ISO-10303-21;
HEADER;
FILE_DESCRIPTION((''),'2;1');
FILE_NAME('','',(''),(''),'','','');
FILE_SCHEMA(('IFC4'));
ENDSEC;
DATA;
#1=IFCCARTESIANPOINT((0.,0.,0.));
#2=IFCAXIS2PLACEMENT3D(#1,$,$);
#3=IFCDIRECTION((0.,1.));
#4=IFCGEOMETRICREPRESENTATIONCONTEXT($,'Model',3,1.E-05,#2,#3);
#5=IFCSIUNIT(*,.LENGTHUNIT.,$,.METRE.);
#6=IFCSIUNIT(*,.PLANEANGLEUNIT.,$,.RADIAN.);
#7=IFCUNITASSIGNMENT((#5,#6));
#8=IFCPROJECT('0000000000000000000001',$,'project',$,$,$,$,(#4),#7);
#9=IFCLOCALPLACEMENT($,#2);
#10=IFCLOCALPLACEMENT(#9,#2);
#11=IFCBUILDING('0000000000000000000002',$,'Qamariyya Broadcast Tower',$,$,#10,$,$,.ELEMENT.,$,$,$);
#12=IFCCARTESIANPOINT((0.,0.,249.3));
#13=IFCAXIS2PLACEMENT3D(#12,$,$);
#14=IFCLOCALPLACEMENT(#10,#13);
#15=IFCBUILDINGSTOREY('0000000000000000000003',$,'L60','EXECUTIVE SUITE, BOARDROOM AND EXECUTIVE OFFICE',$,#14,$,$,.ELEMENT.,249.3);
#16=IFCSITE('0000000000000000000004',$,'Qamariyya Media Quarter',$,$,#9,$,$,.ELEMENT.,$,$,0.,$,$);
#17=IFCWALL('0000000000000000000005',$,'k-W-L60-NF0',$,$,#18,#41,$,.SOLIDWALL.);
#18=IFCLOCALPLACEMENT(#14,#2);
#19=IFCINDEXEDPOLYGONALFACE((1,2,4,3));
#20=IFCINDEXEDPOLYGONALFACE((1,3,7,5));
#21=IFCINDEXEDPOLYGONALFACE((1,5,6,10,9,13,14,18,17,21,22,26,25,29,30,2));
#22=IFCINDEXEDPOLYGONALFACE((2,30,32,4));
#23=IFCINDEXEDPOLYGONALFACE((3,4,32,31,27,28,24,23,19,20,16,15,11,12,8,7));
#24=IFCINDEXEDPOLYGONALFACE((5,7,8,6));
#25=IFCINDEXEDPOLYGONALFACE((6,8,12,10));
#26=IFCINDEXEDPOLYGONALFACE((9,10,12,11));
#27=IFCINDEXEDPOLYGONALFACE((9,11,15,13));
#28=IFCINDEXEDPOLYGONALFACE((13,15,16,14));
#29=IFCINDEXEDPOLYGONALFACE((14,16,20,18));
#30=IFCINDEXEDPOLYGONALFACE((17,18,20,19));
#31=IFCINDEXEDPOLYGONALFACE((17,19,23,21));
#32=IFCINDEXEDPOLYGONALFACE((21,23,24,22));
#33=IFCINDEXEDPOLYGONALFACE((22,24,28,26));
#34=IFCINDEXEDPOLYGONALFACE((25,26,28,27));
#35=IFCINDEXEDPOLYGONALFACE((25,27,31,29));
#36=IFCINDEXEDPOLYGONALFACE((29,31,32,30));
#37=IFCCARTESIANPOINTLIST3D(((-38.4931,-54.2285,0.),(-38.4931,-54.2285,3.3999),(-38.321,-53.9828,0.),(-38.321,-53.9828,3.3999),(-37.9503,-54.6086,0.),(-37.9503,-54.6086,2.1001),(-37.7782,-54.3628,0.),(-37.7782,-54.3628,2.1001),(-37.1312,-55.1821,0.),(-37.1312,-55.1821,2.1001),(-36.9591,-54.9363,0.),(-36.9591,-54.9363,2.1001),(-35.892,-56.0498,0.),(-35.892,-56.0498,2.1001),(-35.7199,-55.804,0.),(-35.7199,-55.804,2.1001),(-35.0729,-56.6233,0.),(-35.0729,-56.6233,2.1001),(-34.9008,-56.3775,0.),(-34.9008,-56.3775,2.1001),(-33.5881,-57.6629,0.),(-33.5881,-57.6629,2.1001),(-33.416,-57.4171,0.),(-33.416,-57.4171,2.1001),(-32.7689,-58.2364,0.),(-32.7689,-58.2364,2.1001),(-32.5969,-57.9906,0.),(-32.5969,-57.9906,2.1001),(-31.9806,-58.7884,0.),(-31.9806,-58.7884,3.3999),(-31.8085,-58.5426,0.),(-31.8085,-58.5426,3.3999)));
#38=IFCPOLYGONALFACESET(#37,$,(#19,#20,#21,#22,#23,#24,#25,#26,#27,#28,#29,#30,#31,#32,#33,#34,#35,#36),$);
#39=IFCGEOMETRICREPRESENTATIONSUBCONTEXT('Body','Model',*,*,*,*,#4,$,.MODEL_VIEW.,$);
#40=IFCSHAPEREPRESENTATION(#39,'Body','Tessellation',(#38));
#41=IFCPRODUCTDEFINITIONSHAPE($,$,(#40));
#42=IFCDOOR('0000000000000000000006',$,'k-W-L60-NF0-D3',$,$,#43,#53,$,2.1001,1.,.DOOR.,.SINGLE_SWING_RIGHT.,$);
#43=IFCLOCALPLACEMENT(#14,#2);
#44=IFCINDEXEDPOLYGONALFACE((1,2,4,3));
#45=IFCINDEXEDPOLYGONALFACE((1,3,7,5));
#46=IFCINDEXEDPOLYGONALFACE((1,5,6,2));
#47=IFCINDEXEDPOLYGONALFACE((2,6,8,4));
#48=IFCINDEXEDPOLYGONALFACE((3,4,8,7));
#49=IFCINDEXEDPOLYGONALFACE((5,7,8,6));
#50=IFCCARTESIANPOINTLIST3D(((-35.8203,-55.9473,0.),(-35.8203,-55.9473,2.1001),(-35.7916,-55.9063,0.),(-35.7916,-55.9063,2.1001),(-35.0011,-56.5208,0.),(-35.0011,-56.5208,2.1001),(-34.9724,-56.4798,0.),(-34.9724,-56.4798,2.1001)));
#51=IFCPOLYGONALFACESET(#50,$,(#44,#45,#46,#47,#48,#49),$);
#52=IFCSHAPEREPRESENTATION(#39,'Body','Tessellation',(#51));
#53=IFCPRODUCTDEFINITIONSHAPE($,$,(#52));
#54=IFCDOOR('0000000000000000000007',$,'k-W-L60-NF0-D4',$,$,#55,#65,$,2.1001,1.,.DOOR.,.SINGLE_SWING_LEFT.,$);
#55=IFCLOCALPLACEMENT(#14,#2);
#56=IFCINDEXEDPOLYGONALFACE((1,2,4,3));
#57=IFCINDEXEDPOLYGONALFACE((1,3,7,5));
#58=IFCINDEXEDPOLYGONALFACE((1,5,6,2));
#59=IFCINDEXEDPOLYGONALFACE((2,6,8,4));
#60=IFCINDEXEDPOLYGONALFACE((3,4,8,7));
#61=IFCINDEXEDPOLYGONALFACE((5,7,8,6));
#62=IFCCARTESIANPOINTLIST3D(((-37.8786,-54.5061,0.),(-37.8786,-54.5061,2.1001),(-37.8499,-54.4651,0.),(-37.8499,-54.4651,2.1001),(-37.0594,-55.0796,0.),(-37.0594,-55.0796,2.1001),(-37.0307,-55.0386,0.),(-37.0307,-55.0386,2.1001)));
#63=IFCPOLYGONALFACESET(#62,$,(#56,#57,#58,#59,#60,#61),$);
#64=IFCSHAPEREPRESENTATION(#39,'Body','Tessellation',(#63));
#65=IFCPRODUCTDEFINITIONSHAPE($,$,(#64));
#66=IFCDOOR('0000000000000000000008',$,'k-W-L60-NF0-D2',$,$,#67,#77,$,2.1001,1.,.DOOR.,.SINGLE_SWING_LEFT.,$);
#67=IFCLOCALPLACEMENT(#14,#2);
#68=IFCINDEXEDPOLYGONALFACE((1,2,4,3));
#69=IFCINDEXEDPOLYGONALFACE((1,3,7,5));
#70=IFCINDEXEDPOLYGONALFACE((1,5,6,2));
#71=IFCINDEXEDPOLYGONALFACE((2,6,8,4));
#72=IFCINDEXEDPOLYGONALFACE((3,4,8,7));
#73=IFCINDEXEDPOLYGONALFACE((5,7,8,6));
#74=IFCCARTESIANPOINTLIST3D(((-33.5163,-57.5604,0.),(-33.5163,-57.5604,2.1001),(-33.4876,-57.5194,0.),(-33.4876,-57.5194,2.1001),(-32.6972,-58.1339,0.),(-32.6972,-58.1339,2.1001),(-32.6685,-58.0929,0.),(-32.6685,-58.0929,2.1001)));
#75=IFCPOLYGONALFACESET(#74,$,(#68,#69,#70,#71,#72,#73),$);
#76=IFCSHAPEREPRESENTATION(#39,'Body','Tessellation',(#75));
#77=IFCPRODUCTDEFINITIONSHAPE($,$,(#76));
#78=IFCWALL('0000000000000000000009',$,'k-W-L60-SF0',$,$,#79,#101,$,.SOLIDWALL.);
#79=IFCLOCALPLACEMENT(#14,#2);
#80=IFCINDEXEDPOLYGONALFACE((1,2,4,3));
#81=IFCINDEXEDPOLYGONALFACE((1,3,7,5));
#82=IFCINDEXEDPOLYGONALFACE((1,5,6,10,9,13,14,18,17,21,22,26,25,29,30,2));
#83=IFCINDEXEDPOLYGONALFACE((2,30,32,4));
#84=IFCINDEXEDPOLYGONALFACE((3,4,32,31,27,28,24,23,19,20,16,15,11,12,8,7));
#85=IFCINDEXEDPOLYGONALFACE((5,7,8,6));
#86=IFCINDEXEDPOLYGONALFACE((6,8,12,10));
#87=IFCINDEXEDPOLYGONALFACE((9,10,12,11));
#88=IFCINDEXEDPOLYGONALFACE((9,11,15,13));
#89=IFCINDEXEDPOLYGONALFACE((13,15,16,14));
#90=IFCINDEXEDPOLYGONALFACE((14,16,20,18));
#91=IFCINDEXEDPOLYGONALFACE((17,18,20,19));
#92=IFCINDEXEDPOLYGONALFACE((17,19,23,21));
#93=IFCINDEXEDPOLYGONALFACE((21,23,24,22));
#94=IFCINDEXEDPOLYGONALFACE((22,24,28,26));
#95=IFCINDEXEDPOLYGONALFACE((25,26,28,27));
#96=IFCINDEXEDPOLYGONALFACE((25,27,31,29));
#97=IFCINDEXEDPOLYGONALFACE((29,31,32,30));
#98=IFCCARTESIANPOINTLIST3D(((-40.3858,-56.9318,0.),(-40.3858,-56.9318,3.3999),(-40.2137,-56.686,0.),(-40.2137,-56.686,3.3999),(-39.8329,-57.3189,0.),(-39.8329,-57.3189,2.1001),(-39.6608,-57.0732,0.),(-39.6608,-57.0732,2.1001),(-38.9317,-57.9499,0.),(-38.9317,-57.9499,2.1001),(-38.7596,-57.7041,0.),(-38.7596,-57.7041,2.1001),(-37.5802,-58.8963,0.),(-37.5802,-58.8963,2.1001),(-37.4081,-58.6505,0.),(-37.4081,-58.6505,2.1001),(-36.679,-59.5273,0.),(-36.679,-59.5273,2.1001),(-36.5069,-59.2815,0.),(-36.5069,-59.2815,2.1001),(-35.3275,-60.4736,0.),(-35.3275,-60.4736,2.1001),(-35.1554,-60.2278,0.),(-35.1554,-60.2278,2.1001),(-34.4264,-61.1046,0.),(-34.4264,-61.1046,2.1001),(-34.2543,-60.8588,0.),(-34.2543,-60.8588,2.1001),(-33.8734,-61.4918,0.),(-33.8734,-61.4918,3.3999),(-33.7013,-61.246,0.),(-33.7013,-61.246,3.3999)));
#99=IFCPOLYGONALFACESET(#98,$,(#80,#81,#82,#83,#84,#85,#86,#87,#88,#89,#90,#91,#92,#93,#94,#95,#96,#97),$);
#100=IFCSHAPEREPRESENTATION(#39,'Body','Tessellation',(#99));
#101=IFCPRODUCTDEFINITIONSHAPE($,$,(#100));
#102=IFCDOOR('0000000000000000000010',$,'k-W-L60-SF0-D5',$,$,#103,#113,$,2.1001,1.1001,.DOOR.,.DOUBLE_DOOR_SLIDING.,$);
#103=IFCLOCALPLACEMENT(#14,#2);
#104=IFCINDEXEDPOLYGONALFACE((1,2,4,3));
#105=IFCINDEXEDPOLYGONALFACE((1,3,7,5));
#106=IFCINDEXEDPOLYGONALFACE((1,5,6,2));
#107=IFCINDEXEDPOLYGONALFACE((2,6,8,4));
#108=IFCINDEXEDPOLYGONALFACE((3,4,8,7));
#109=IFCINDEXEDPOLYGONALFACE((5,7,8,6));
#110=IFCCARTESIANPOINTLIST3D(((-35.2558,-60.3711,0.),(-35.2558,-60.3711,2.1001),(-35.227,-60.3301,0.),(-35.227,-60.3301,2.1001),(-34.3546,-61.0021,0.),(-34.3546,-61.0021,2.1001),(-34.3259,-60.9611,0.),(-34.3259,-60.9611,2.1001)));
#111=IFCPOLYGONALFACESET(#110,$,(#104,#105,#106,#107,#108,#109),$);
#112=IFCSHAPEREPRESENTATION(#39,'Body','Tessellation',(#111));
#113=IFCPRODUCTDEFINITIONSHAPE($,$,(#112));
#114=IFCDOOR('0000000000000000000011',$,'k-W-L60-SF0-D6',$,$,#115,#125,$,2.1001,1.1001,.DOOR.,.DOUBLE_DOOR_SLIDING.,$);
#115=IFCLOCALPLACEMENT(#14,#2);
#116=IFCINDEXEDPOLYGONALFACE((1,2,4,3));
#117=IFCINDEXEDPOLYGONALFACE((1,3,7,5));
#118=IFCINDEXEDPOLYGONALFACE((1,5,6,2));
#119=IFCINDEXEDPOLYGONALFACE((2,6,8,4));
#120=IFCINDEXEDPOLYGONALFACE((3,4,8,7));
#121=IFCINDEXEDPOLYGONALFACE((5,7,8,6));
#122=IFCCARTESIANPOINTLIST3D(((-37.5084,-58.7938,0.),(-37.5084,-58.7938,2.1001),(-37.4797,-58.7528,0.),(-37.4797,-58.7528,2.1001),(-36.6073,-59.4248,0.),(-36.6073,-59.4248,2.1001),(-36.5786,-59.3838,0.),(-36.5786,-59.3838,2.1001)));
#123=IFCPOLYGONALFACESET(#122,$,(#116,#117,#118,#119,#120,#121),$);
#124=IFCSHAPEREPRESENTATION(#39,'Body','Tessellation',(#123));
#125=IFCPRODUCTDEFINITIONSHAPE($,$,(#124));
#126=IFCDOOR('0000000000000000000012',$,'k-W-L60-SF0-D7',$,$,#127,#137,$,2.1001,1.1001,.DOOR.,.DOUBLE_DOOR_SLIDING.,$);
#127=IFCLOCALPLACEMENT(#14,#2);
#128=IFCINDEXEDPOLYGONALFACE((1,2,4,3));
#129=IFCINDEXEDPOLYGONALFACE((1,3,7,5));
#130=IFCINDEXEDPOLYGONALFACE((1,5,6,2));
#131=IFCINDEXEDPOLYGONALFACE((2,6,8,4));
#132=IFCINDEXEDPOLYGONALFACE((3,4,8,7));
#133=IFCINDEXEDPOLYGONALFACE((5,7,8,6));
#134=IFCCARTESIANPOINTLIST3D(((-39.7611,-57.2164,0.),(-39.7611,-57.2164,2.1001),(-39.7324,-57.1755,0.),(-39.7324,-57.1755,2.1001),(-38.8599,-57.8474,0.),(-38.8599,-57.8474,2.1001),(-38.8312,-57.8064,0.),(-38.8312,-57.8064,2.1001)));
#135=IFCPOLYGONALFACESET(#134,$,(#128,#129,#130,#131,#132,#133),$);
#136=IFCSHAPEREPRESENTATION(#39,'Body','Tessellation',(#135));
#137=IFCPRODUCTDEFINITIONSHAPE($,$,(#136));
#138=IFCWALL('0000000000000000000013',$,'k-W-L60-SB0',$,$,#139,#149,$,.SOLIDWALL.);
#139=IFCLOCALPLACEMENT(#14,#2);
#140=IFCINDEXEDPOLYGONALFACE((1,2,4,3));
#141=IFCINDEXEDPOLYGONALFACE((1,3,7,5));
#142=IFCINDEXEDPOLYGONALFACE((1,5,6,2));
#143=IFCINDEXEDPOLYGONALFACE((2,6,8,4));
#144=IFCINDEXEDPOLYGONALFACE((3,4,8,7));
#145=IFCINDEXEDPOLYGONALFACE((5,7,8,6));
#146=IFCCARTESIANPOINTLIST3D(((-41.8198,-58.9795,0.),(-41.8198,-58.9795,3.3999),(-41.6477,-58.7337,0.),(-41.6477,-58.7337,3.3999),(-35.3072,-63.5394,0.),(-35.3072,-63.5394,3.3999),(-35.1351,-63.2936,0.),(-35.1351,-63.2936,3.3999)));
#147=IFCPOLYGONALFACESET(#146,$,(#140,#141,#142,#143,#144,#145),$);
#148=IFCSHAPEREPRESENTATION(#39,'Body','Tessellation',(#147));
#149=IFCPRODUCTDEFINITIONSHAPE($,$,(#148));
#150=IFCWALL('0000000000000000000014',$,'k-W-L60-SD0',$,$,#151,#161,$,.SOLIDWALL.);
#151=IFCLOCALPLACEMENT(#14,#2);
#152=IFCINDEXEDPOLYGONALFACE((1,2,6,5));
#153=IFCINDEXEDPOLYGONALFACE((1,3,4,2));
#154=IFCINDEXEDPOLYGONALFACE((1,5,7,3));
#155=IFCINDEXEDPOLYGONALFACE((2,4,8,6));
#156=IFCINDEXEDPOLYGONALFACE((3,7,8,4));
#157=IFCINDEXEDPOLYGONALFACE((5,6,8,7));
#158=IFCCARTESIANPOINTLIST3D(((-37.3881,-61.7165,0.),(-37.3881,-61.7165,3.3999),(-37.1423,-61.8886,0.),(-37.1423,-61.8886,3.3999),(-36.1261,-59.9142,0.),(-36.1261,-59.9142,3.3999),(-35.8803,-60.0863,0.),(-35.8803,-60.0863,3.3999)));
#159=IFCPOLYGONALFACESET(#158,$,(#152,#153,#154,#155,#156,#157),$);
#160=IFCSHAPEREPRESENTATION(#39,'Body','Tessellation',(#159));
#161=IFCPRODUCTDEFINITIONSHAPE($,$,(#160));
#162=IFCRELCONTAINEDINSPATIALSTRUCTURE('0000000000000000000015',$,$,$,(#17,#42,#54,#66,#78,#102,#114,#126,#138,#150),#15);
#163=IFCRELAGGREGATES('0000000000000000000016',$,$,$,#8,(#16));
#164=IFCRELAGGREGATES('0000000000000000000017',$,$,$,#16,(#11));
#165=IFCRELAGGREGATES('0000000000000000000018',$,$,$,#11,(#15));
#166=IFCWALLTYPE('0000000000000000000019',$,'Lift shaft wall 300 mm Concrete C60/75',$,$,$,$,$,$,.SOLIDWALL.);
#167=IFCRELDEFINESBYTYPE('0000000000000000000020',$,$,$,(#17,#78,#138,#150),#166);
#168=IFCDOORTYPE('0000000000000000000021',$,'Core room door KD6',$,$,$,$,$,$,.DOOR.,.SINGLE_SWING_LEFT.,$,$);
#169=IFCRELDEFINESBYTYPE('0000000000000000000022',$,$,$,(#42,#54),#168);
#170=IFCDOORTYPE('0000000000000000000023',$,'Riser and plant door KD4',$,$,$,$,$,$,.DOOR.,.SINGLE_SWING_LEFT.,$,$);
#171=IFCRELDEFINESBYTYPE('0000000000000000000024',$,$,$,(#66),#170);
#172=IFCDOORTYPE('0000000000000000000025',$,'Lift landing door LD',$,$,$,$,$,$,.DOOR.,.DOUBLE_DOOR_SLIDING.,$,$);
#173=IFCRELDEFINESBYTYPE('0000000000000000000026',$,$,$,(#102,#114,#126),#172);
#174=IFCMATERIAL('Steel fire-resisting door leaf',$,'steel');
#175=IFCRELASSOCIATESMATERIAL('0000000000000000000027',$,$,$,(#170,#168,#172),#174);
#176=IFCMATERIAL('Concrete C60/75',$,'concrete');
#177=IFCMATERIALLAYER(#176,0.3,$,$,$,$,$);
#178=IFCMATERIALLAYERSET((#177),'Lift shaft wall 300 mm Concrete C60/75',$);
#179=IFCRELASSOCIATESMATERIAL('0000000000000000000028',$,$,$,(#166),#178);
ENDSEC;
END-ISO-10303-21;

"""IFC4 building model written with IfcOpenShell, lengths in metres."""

from ifc_helpers import new_model, si_unit, direction, frame, frame_2d, origin, place, context, subcontext, project, spatial, rectangle, extrude, material, layer, layer_set, type_object, element, fill, save


model = new_model("IFC4")

# Units and contexts
model_context = context("Model", 3, precision=1e-05, world=origin(), true_north=direction((0.0, 1.0)))
body_context = subcontext(model_context, "Body", "Model", "MODEL_VIEW")
ifc_project = project(units=[si_unit("LENGTHUNIT", "METRE"), si_unit("PLANEANGLEUNIT", "RADIAN")], contexts=[model_context])

# Site, building, storey
site_placement = place(None, origin())
site = spatial("IfcSite", under=ifc_project, at=site_placement, Name="Qamariyya Media Quarter", CompositionType="ELEMENT", RefElevation=0.0)
building_placement = place(site_placement, origin())
building = spatial("IfcBuilding", under=site, at=building_placement, Name="Qamariyya Broadcast Tower", CompositionType="ELEMENT")
storey_placement = place(building_placement, frame((0.0, 0.0, 249.3)))
storey = spatial("IfcBuildingStorey", under=building, at=storey_placement, Name="L60", Description="EXECUTIVE SUITE, BOARDROOM AND EXECUTIVE OFFICE", CompositionType="ELEMENT", Elevation=249.3)

# Shared definitions
ifc_material_1 = material(Name="Concrete C60/75", Category="concrete")
ifc_material_2 = material(Name="Steel fire-resisting door leaf", Category="steel")

# Shared definitions
door_type_1 = type_object("IfcDoorType", Name="Riser and plant door KD4", OperationType="SINGLE_SWING_LEFT", PredefinedType="DOOR", material=ifc_material_2)

# Walls, openings, doors
ifc_layer_1 = layer(ifc_material_1, 0.3)
ifc_layer_set_1 = layer_set([ifc_layer_1], Name="Lift shaft wall 300 mm Concrete C60/75")
wall_type_1 = type_object("IfcWallType", Name="Lift shaft wall 300 mm Concrete C60/75", PredefinedType="SOLIDWALL", material=ifc_layer_set_1)
wall_1_placement = place(storey_placement, frame((-31.8945, -58.6655, 0.0), z_axis=(0.0, 0.0, 1.0), x_axis=(-0.819167, 0.573555, 0.0)))
wall_1 = element("IfcWall", 1, at=wall_1_placement, inside=storey, type_object=wall_type_1, Name="k-W-L60-NF0", PredefinedType="SOLIDWALL", context=body_context, shape_type="SweptSolid", body=[
    extrude(rectangle(XDim=7.9502, YDim=0.3, at=frame_2d((3.9751, 0.0))), origin(), (0.0, 0.0, 1.0), 3.3999),
])
opening_1_placement = place(wall_1_placement, frame((0.9624, 0.0, 0.0)))
opening_1 = element("IfcOpeningElement", 2, at=opening_1_placement, cuts=wall_1, PredefinedType="OPENING", context=body_context, shape_type="SweptSolid", body=[
    extrude(rectangle(XDim=1.0, YDim=2.1001, at=frame_2d((0.5, 1.05))), frame((0.0, 0.1599, 0.0), z_axis=(0.0, -1.0, 0.0), x_axis=(1.0, 0.0, 0.0)), (0.0, 0.0, 1.0), 0.3201),
])
opening_2_placement = place(wall_1_placement, frame((3.7749, 0.0, 0.0)))
opening_2 = element("IfcOpeningElement", 3, at=opening_2_placement, cuts=wall_1, PredefinedType="OPENING", context=body_context, shape_type="SweptSolid", body=[
    extrude(rectangle(XDim=1.0, YDim=2.1001, at=frame_2d((0.5, 1.05))), frame((0.0, 0.1599, 0.0), z_axis=(0.0, -1.0, 0.0), x_axis=(1.0, 0.0, 0.0)), (0.0, 0.0, 1.0), 0.3201),
])
opening_3_placement = place(wall_1_placement, frame((6.2876, 0.0, 0.0)))
opening_3 = element("IfcOpeningElement", 4, at=opening_3_placement, cuts=wall_1, PredefinedType="OPENING", context=body_context, shape_type="SweptSolid", body=[
    extrude(rectangle(XDim=1.0, YDim=2.1001, at=frame_2d((0.5, 1.05))), frame((0.0, 0.1599, 0.0), z_axis=(0.0, -1.0, 0.0), x_axis=(1.0, 0.0, 0.0)), (0.0, 0.0, 1.0), 0.3201),
])
door_type_2 = type_object("IfcDoorType", Name="Core room door KD6", OperationType="SINGLE_SWING_LEFT", PredefinedType="DOOR", material=ifc_material_2)
door_1_placement = place(opening_2_placement, origin())
door_1 = element("IfcDoor", 5, at=door_1_placement, inside=storey, type_object=door_type_2, Name="k-W-L60-NF0-D3", OperationType="SINGLE_SWING_RIGHT", OverallHeight=2.1001, OverallWidth=1.0, PredefinedType="DOOR", context=body_context, shape_type="SweptSolid", body=[
    extrude(rectangle(XDim=1.0, YDim=2.1001, at=frame_2d((0.5, 1.05))), frame((0.0, 0.0249, 0.0), z_axis=(0.0, -1.0, 0.0), x_axis=(1.0, 0.0, 0.0)), (0.0, 0.0, 1.0), 0.05),
])
fill(opening_2, door_1)
door_2_placement = place(opening_3_placement, origin())
door_2 = element("IfcDoor", 6, at=door_2_placement, inside=storey, type_object=door_type_2, Name="k-W-L60-NF0-D4", OperationType="SINGLE_SWING_LEFT", OverallHeight=2.1001, OverallWidth=1.0, PredefinedType="DOOR", context=body_context, shape_type="SweptSolid", body=[
    extrude(rectangle(XDim=1.0, YDim=2.1001, at=frame_2d((0.5, 1.05))), frame((0.0, 0.0249, 0.0), z_axis=(0.0, -1.0, 0.0), x_axis=(1.0, 0.0, 0.0)), (0.0, 0.0, 1.0), 0.05),
])
fill(opening_3, door_2)
door_3_placement = place(opening_1_placement, origin())
door_3 = element("IfcDoor", 7, at=door_3_placement, inside=storey, type_object=door_type_1, Name="k-W-L60-NF0-D2", OperationType="SINGLE_SWING_LEFT", OverallHeight=2.1001, OverallWidth=1.0, PredefinedType="DOOR", context=body_context, shape_type="SweptSolid", body=[
    extrude(rectangle(XDim=1.0, YDim=2.1001, at=frame_2d((0.5, 1.05))), frame((0.0, 0.0249, 0.0), z_axis=(0.0, -1.0, 0.0), x_axis=(1.0, 0.0, 0.0)), (0.0, 0.0, 1.0), 0.05),
])
fill(opening_1, door_3)
wall_2_placement = place(storey_placement, frame((-33.7874, -61.3689, 0.0), z_axis=(0.0, 0.0, 1.0), x_axis=(-0.819153, 0.573576, 0.0)))
wall_2 = element("IfcWall", 8, at=wall_2_placement, inside=storey, type_object=wall_type_1, Name="k-W-L60-SF0", PredefinedType="SOLIDWALL", context=body_context, shape_type="SweptSolid", body=[
    extrude(rectangle(XDim=7.9502, YDim=0.3, at=frame_2d((3.9751, 0.0))), origin(), (0.0, 0.0, 1.0), 3.3999),
])
opening_4_placement = place(wall_2_placement, frame((0.675, 0.0, 0.0)))
opening_4 = element("IfcOpeningElement", 9, at=opening_4_placement, cuts=wall_2, PredefinedType="OPENING", context=body_context, shape_type="SweptSolid", body=[
    extrude(rectangle(XDim=1.1001, YDim=2.1001, at=frame_2d((0.55, 1.05))), frame((0.0, 0.1599, 0.0), z_axis=(0.0, -1.0, 0.0), x_axis=(1.0, 0.0, 0.0)), (0.0, 0.0, 1.0), 0.3201),
])
opening_5_placement = place(wall_2_placement, frame((3.425, 0.0, 0.0)))
opening_5 = element("IfcOpeningElement", 10, at=opening_5_placement, cuts=wall_2, PredefinedType="OPENING", context=body_context, shape_type="SweptSolid", body=[
    extrude(rectangle(XDim=1.1001, YDim=2.1001, at=frame_2d((0.55, 1.05))), frame((0.0, 0.1599, 0.0), z_axis=(0.0, -1.0, 0.0), x_axis=(1.0, 0.0, 0.0)), (0.0, 0.0, 1.0), 0.3201),
])
opening_6_placement = place(wall_2_placement, frame((6.175, 0.0, 0.0)))
opening_6 = element("IfcOpeningElement", 11, at=opening_6_placement, cuts=wall_2, PredefinedType="OPENING", context=body_context, shape_type="SweptSolid", body=[
    extrude(rectangle(XDim=1.1001, YDim=2.1001, at=frame_2d((0.55, 1.05))), frame((0.0, 0.1599, 0.0), z_axis=(0.0, -1.0, 0.0), x_axis=(1.0, 0.0, 0.0)), (0.0, 0.0, 1.0), 0.3201),
])
door_type_3 = type_object("IfcDoorType", Name="Lift landing door LD", OperationType="DOUBLE_DOOR_SLIDING", PredefinedType="DOOR", material=ifc_material_2)
door_4_placement = place(opening_4_placement, origin())
door_4 = element("IfcDoor", 12, at=door_4_placement, inside=storey, type_object=door_type_3, Name="k-W-L60-SF0-D5", OperationType="DOUBLE_DOOR_SLIDING", OverallHeight=2.1001, OverallWidth=1.1001, PredefinedType="DOOR", context=body_context, shape_type="SweptSolid", body=[
    extrude(rectangle(XDim=1.1001, YDim=2.1001, at=frame_2d((0.55, 1.05))), frame((0.0, 0.0249, 0.0), z_axis=(0.0, -1.0, 0.0), x_axis=(1.0, 0.0, 0.0)), (0.0, 0.0, 1.0), 0.05),
])
fill(opening_4, door_4)
door_5_placement = place(opening_5_placement, origin())
door_5 = element("IfcDoor", 13, at=door_5_placement, inside=storey, type_object=door_type_3, Name="k-W-L60-SF0-D6", OperationType="DOUBLE_DOOR_SLIDING", OverallHeight=2.1001, OverallWidth=1.1001, PredefinedType="DOOR", context=body_context, shape_type="SweptSolid", body=[
    extrude(rectangle(XDim=1.1001, YDim=2.1001, at=frame_2d((0.55, 1.05))), frame((0.0, 0.0249, 0.0), z_axis=(0.0, -1.0, 0.0), x_axis=(1.0, 0.0, 0.0)), (0.0, 0.0, 1.0), 0.05),
])
fill(opening_5, door_5)
door_6_placement = place(opening_6_placement, origin())
door_6 = element("IfcDoor", 14, at=door_6_placement, inside=storey, type_object=door_type_3, Name="k-W-L60-SF0-D7", OperationType="DOUBLE_DOOR_SLIDING", OverallHeight=2.1001, OverallWidth=1.1001, PredefinedType="DOOR", context=body_context, shape_type="SweptSolid", body=[
    extrude(rectangle(XDim=1.1001, YDim=2.1001, at=frame_2d((0.55, 1.05))), frame((0.0, 0.0249, 0.0), z_axis=(0.0, -1.0, 0.0), x_axis=(1.0, 0.0, 0.0)), (0.0, 0.0, 1.0), 0.05),
])
fill(opening_6, door_6)

# Walls
wall_3_placement = place(storey_placement, frame((-35.2212, -63.4165, 0.0), z_axis=(0.0, 0.0, 1.0), x_axis=(-0.819167, 0.573555, 0.0)))
element("IfcWall", 15, at=wall_3_placement, inside=storey, type_object=wall_type_1, Name="k-W-L60-SB0", PredefinedType="SOLIDWALL", context=body_context, shape_type="SweptSolid", body=[
    extrude(rectangle(XDim=7.9502, YDim=0.3, at=frame_2d((3.9751, 0.0))), origin(), (0.0, 0.0, 1.0), 3.3999),
])
wall_4_placement = place(storey_placement, frame((-36.0032, -60.0002, 0.0), z_axis=(0.0, 0.0, 1.0), x_axis=(-0.573581, -0.819149, 0.0)))
element("IfcWall", 16, at=wall_4_placement, inside=storey, type_object=wall_type_1, Name="k-W-L60-SD0", PredefinedType="SOLIDWALL", context=body_context, shape_type="SweptSolid", body=[
    extrude(rectangle(XDim=2.2002, YDim=0.3, at=frame_2d((1.1001, 0.0))), origin(), (0.0, 0.0, 1.0), 3.3999),
])

save(model, "model.ifc")
